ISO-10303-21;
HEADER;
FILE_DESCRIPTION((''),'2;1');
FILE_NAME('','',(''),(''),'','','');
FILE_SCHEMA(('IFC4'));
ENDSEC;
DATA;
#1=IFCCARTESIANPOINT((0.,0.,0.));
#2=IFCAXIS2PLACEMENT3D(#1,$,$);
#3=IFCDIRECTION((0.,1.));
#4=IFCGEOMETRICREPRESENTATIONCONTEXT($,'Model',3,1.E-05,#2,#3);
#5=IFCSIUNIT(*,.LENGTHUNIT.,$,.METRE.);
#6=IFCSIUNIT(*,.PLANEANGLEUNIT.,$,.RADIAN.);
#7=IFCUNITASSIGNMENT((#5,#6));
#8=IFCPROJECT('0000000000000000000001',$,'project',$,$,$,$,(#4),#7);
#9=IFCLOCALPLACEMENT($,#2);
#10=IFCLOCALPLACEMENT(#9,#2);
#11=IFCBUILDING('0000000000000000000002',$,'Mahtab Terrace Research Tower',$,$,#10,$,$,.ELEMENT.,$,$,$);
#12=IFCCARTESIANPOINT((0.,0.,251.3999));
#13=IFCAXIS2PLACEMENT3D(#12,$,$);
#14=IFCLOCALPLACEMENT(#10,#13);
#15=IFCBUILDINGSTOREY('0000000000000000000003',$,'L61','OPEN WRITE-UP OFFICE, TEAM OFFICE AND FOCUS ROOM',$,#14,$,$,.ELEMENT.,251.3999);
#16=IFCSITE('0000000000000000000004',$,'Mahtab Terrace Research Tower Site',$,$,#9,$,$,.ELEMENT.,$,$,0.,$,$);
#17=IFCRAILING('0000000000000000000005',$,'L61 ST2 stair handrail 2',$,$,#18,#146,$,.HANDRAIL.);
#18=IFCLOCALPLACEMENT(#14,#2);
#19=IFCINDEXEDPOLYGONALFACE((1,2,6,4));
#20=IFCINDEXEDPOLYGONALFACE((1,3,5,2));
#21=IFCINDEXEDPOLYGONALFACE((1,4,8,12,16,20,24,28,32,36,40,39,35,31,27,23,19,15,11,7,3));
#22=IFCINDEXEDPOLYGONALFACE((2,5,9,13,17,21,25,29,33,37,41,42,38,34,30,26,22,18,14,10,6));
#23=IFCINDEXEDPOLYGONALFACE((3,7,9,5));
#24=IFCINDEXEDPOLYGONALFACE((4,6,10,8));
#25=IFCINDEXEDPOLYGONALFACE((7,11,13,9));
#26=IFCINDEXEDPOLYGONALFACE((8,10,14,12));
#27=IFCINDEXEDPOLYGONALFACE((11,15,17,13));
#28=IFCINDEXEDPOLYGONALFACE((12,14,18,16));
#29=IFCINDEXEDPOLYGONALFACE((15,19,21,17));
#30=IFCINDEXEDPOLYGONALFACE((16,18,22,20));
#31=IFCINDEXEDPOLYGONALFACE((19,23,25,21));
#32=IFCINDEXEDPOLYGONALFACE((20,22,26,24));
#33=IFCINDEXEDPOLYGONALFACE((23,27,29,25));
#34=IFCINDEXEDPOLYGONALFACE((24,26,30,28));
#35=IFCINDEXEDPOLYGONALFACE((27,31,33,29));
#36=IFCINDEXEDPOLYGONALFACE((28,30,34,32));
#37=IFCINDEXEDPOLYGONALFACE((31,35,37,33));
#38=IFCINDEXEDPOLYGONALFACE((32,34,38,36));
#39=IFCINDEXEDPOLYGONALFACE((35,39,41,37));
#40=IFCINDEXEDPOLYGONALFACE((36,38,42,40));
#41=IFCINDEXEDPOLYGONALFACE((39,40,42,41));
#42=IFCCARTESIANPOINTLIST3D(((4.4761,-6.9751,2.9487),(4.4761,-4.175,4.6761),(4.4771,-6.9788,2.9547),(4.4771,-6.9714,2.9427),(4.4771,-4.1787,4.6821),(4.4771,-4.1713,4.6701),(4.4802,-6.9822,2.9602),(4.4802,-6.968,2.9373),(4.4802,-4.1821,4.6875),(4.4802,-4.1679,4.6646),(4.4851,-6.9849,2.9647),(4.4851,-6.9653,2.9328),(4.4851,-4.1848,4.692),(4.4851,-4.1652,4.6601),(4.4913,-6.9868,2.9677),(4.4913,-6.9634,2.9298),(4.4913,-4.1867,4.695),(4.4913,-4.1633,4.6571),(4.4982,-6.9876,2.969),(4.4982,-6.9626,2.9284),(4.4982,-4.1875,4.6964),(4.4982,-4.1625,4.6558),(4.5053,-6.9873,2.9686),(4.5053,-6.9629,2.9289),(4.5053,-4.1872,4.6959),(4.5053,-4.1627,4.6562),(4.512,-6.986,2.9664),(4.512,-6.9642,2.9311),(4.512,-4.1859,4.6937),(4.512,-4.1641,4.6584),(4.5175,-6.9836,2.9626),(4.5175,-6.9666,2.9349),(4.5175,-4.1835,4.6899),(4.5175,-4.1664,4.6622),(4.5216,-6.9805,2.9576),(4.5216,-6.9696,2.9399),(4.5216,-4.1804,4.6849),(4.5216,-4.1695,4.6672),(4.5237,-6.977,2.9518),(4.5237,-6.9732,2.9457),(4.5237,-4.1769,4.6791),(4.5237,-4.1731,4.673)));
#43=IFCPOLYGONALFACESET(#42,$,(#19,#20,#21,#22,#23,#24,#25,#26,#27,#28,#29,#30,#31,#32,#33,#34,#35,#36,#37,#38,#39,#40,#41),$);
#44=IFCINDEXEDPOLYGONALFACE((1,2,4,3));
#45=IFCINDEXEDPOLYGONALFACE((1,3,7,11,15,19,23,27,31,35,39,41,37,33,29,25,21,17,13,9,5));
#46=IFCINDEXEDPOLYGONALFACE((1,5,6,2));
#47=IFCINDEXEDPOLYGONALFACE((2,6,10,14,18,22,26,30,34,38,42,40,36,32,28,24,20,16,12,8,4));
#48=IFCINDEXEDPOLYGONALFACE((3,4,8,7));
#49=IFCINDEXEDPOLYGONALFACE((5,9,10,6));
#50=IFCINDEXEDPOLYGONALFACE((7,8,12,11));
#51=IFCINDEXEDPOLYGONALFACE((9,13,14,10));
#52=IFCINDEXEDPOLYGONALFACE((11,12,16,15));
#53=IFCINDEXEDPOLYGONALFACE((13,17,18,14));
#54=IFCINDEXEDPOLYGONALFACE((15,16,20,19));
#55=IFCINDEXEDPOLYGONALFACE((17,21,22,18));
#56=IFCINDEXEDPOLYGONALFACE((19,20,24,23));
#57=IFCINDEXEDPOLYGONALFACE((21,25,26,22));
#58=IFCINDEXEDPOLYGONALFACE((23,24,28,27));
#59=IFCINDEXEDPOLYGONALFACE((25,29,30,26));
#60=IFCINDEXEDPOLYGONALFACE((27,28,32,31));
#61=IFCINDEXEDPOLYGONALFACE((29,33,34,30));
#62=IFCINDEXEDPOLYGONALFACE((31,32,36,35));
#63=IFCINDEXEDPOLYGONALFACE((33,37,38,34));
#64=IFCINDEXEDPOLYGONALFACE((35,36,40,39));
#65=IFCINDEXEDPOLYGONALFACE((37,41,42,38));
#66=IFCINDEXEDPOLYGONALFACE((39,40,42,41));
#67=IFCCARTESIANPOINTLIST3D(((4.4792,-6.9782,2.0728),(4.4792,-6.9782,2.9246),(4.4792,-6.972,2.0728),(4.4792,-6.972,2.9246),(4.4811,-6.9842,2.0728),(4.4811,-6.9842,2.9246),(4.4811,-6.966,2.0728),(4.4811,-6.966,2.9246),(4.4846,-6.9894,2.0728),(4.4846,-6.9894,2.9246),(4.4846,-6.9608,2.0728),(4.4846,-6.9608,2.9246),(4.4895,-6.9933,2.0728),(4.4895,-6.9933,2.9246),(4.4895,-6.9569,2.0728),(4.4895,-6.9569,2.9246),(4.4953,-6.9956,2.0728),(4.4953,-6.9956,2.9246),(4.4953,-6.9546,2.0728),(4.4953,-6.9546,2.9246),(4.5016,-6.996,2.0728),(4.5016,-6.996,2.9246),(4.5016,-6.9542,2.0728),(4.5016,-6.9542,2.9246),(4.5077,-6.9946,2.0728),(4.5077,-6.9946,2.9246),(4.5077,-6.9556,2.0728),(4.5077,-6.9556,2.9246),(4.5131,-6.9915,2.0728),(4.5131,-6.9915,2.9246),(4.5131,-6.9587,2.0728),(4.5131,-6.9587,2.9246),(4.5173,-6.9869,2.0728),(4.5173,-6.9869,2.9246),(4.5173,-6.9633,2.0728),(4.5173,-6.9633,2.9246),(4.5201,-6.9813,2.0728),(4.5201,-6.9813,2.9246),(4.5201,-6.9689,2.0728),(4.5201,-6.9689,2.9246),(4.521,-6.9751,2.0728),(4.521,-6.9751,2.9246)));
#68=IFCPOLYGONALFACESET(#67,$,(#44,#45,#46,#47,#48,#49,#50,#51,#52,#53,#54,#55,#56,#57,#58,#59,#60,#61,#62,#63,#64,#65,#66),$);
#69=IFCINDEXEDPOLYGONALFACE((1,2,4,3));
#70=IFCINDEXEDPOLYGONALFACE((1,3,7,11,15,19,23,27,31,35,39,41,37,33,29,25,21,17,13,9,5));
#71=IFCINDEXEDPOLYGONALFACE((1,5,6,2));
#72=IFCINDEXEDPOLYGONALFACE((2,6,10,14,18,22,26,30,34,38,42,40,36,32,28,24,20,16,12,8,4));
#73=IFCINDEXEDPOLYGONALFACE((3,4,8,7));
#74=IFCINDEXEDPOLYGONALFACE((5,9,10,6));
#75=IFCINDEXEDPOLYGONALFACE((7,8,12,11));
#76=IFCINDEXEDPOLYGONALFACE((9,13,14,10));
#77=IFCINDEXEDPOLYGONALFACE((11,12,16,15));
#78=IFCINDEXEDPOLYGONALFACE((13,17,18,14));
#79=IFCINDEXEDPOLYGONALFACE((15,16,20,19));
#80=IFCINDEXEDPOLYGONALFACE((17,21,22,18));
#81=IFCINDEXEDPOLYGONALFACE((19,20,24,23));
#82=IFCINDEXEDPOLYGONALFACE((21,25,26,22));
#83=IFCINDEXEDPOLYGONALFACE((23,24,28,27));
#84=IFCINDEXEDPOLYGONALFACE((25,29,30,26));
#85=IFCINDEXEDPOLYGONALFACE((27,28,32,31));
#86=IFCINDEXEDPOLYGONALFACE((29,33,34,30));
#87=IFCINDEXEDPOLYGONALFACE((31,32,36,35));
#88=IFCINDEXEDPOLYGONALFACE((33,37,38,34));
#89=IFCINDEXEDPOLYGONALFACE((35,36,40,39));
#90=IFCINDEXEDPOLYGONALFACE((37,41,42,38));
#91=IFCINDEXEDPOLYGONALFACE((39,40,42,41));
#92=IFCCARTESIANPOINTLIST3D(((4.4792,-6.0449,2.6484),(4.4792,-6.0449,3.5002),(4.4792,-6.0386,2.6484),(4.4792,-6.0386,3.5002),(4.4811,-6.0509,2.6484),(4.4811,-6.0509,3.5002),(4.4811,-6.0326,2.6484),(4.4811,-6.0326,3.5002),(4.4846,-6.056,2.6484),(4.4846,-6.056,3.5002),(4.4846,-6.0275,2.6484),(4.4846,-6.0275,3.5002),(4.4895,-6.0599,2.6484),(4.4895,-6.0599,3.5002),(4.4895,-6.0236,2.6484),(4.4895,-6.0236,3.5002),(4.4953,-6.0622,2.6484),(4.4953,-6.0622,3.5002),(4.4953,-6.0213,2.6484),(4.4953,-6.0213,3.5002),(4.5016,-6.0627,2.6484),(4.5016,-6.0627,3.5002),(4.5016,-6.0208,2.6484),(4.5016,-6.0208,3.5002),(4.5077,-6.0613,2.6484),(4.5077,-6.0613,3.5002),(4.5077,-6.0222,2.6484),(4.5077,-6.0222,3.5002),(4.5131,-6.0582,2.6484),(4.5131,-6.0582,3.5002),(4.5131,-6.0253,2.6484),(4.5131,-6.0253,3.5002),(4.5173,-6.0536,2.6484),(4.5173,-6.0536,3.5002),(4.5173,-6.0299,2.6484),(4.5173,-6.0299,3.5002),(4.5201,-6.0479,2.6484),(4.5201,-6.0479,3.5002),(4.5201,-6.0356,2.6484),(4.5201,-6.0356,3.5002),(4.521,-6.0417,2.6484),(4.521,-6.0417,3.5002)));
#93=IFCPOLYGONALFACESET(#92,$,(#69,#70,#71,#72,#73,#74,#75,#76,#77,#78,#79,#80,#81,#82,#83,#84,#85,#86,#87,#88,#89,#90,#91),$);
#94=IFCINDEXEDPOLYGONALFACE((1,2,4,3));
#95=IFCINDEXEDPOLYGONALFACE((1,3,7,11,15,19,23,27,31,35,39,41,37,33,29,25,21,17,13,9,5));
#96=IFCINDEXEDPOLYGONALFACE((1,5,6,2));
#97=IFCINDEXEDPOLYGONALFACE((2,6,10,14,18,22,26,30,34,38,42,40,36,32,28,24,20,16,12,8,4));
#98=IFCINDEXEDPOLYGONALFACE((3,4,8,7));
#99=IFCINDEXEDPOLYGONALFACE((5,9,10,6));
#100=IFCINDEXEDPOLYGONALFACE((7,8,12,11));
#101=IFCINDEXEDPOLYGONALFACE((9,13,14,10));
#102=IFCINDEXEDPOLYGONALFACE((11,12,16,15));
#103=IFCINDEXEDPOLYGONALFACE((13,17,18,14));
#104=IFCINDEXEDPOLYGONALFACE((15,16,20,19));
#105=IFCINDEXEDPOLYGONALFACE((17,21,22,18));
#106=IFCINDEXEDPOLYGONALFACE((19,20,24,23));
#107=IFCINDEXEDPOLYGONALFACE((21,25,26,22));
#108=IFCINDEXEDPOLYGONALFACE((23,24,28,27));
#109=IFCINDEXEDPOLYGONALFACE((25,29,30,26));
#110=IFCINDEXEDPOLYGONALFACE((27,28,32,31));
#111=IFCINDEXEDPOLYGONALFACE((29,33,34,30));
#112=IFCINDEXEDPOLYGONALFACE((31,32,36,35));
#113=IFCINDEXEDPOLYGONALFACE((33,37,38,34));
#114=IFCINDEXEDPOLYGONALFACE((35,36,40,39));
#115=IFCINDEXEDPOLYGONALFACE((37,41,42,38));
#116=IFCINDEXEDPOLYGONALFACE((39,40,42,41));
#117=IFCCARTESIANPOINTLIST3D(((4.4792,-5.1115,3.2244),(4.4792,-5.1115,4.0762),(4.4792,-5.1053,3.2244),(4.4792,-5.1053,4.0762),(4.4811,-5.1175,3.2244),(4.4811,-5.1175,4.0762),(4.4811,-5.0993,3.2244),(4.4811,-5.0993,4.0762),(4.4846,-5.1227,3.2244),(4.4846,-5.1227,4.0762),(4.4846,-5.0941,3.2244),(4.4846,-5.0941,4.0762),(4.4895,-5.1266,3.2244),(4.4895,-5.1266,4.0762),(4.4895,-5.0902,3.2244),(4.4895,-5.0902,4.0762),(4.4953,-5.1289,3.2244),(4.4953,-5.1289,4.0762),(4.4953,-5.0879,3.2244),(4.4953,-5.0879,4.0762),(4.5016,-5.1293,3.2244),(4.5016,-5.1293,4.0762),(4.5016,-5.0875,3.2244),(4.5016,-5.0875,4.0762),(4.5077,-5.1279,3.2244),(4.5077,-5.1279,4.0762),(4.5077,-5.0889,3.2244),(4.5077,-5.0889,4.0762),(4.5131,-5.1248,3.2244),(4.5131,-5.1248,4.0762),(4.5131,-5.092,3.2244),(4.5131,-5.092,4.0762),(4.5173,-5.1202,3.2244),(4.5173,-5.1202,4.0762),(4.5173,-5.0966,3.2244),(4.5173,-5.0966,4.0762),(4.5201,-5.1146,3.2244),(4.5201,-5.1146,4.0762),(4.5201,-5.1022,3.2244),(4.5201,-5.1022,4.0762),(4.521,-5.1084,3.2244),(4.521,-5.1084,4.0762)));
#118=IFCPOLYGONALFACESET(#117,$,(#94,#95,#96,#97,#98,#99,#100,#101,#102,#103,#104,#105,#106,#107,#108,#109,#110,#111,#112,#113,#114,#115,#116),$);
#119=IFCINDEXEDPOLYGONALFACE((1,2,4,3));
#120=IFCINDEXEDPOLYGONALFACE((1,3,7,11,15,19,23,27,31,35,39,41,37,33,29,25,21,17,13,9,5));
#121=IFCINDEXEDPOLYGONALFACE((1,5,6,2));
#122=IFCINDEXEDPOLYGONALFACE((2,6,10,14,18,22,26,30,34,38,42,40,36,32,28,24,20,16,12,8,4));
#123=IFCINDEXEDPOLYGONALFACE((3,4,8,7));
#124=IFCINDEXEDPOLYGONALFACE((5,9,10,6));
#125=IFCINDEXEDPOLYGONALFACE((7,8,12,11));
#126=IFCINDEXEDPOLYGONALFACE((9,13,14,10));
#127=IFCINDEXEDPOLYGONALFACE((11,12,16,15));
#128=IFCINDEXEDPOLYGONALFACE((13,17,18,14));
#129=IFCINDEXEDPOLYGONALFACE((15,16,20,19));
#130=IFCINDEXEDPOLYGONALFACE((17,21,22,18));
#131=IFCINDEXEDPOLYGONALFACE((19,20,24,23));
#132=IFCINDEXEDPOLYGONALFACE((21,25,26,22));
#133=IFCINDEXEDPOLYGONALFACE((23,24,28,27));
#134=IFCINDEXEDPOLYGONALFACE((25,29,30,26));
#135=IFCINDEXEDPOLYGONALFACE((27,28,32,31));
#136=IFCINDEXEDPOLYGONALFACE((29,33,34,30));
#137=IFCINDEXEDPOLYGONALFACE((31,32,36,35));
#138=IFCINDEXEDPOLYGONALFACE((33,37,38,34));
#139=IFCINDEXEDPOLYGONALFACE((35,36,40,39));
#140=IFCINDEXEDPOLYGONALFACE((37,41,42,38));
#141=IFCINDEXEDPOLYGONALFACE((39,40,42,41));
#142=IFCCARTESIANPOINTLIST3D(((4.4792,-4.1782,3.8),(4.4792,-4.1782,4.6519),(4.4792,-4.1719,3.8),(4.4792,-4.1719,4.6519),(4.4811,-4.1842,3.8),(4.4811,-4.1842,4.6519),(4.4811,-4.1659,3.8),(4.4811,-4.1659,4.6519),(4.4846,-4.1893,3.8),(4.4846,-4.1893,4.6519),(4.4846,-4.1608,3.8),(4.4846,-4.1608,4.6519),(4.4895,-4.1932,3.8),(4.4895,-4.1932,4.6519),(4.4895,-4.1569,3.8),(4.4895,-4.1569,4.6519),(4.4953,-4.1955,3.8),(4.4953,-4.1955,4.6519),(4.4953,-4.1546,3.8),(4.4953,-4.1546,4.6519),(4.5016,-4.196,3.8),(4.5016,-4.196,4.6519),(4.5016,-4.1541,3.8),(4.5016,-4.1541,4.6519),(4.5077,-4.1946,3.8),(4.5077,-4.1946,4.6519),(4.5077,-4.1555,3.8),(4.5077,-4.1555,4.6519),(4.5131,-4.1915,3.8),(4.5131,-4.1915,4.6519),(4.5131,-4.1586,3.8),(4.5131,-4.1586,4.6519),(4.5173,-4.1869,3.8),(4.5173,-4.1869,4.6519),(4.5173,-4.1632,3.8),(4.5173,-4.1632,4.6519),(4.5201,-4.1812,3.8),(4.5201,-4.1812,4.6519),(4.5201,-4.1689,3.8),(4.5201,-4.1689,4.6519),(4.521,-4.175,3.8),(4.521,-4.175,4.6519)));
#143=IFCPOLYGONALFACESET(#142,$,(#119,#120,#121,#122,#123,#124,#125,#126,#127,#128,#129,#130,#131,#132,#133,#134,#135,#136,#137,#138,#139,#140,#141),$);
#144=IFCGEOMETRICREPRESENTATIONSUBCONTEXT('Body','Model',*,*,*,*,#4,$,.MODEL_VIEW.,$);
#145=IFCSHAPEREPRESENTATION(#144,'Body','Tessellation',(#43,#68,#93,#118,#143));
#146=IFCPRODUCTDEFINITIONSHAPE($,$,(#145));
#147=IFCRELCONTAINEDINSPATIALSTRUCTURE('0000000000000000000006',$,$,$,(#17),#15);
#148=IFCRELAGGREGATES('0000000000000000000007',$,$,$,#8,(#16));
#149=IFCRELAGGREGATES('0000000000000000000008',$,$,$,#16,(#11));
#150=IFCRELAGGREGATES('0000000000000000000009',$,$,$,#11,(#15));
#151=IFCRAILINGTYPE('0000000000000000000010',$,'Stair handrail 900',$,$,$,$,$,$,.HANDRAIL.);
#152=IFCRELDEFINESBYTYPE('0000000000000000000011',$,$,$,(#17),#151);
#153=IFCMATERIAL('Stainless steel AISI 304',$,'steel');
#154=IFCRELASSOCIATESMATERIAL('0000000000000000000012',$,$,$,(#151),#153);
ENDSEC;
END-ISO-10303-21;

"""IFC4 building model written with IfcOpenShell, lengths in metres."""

from ifc_helpers import new_model, si_unit, direction, frame, origin, origin_2d, place, context, subcontext, project, spatial, circle, extrude, material, type_object, element, save


model = new_model("IFC4")

# Units and contexts
model_context = context("Model", 3, precision=1e-05, world=origin(), true_north=direction((0.0, 1.0)))
body_context = subcontext(model_context, "Body", "Model", "MODEL_VIEW")
ifc_project = project(units=[si_unit("LENGTHUNIT", "METRE"), si_unit("PLANEANGLEUNIT", "RADIAN")], contexts=[model_context])

# Site, building, storey
site_placement = place(None, origin())
site = spatial("IfcSite", under=ifc_project, at=site_placement, Name="Mahtab Terrace Research Tower Site", CompositionType="ELEMENT", RefElevation=0.0)
building_placement = place(site_placement, origin())
building = spatial("IfcBuilding", under=site, at=building_placement, Name="Mahtab Terrace Research Tower", CompositionType="ELEMENT")
storey_placement = place(building_placement, frame((0.0, 0.0, 251.3999)))
storey = spatial("IfcBuildingStorey", under=building, at=storey_placement, Name="L61", Description="OPEN WRITE-UP OFFICE, TEAM OFFICE AND FOCUS ROOM", CompositionType="ELEMENT", Elevation=251.3999)

# Railing
ifc_material_1 = material(Name="Stainless steel AISI 304", Category="steel")
railing_type_1 = type_object("IfcRailingType", Name="Stair handrail 900", PredefinedType="HANDRAIL", material=ifc_material_1)
railing_1_placement = place(storey_placement, frame((4.5, -6.9751, 2.0728)))
element("IfcRailing", 1, at=railing_1_placement, inside=storey, type_object=railing_type_1, Name="L61 ST2 stair handrail 2", PredefinedType="HANDRAIL", context=body_context, shape_type="SweptSolid", body=[
    extrude(circle(Radius=0.0239, at=origin_2d()), frame((0.0, 0.0, 0.876), z_axis=(0.0, 0.85109, 0.52502), x_axis=(-1.0, 0.0, 0.0)), (0.0, 0.0, 1.0), 3.29),
    extrude(circle(Radius=0.021, at=origin_2d()), origin(), (0.0, 0.0, 1.0), 0.8518),
    extrude(circle(Radius=0.021, at=origin_2d()), frame((0.0, 0.9333, 0.5757)), (0.0, 0.0, 1.0), 0.8518),
    extrude(circle(Radius=0.021, at=origin_2d()), frame((0.0, 1.8667, 1.1516)), (0.0, 0.0, 1.0), 0.8518),
    extrude(circle(Radius=0.021, at=origin_2d()), frame((0.0, 2.8, 1.7273)), (0.0, 0.0, 1.0), 0.8518),
])

save(model, "model.ifc")
